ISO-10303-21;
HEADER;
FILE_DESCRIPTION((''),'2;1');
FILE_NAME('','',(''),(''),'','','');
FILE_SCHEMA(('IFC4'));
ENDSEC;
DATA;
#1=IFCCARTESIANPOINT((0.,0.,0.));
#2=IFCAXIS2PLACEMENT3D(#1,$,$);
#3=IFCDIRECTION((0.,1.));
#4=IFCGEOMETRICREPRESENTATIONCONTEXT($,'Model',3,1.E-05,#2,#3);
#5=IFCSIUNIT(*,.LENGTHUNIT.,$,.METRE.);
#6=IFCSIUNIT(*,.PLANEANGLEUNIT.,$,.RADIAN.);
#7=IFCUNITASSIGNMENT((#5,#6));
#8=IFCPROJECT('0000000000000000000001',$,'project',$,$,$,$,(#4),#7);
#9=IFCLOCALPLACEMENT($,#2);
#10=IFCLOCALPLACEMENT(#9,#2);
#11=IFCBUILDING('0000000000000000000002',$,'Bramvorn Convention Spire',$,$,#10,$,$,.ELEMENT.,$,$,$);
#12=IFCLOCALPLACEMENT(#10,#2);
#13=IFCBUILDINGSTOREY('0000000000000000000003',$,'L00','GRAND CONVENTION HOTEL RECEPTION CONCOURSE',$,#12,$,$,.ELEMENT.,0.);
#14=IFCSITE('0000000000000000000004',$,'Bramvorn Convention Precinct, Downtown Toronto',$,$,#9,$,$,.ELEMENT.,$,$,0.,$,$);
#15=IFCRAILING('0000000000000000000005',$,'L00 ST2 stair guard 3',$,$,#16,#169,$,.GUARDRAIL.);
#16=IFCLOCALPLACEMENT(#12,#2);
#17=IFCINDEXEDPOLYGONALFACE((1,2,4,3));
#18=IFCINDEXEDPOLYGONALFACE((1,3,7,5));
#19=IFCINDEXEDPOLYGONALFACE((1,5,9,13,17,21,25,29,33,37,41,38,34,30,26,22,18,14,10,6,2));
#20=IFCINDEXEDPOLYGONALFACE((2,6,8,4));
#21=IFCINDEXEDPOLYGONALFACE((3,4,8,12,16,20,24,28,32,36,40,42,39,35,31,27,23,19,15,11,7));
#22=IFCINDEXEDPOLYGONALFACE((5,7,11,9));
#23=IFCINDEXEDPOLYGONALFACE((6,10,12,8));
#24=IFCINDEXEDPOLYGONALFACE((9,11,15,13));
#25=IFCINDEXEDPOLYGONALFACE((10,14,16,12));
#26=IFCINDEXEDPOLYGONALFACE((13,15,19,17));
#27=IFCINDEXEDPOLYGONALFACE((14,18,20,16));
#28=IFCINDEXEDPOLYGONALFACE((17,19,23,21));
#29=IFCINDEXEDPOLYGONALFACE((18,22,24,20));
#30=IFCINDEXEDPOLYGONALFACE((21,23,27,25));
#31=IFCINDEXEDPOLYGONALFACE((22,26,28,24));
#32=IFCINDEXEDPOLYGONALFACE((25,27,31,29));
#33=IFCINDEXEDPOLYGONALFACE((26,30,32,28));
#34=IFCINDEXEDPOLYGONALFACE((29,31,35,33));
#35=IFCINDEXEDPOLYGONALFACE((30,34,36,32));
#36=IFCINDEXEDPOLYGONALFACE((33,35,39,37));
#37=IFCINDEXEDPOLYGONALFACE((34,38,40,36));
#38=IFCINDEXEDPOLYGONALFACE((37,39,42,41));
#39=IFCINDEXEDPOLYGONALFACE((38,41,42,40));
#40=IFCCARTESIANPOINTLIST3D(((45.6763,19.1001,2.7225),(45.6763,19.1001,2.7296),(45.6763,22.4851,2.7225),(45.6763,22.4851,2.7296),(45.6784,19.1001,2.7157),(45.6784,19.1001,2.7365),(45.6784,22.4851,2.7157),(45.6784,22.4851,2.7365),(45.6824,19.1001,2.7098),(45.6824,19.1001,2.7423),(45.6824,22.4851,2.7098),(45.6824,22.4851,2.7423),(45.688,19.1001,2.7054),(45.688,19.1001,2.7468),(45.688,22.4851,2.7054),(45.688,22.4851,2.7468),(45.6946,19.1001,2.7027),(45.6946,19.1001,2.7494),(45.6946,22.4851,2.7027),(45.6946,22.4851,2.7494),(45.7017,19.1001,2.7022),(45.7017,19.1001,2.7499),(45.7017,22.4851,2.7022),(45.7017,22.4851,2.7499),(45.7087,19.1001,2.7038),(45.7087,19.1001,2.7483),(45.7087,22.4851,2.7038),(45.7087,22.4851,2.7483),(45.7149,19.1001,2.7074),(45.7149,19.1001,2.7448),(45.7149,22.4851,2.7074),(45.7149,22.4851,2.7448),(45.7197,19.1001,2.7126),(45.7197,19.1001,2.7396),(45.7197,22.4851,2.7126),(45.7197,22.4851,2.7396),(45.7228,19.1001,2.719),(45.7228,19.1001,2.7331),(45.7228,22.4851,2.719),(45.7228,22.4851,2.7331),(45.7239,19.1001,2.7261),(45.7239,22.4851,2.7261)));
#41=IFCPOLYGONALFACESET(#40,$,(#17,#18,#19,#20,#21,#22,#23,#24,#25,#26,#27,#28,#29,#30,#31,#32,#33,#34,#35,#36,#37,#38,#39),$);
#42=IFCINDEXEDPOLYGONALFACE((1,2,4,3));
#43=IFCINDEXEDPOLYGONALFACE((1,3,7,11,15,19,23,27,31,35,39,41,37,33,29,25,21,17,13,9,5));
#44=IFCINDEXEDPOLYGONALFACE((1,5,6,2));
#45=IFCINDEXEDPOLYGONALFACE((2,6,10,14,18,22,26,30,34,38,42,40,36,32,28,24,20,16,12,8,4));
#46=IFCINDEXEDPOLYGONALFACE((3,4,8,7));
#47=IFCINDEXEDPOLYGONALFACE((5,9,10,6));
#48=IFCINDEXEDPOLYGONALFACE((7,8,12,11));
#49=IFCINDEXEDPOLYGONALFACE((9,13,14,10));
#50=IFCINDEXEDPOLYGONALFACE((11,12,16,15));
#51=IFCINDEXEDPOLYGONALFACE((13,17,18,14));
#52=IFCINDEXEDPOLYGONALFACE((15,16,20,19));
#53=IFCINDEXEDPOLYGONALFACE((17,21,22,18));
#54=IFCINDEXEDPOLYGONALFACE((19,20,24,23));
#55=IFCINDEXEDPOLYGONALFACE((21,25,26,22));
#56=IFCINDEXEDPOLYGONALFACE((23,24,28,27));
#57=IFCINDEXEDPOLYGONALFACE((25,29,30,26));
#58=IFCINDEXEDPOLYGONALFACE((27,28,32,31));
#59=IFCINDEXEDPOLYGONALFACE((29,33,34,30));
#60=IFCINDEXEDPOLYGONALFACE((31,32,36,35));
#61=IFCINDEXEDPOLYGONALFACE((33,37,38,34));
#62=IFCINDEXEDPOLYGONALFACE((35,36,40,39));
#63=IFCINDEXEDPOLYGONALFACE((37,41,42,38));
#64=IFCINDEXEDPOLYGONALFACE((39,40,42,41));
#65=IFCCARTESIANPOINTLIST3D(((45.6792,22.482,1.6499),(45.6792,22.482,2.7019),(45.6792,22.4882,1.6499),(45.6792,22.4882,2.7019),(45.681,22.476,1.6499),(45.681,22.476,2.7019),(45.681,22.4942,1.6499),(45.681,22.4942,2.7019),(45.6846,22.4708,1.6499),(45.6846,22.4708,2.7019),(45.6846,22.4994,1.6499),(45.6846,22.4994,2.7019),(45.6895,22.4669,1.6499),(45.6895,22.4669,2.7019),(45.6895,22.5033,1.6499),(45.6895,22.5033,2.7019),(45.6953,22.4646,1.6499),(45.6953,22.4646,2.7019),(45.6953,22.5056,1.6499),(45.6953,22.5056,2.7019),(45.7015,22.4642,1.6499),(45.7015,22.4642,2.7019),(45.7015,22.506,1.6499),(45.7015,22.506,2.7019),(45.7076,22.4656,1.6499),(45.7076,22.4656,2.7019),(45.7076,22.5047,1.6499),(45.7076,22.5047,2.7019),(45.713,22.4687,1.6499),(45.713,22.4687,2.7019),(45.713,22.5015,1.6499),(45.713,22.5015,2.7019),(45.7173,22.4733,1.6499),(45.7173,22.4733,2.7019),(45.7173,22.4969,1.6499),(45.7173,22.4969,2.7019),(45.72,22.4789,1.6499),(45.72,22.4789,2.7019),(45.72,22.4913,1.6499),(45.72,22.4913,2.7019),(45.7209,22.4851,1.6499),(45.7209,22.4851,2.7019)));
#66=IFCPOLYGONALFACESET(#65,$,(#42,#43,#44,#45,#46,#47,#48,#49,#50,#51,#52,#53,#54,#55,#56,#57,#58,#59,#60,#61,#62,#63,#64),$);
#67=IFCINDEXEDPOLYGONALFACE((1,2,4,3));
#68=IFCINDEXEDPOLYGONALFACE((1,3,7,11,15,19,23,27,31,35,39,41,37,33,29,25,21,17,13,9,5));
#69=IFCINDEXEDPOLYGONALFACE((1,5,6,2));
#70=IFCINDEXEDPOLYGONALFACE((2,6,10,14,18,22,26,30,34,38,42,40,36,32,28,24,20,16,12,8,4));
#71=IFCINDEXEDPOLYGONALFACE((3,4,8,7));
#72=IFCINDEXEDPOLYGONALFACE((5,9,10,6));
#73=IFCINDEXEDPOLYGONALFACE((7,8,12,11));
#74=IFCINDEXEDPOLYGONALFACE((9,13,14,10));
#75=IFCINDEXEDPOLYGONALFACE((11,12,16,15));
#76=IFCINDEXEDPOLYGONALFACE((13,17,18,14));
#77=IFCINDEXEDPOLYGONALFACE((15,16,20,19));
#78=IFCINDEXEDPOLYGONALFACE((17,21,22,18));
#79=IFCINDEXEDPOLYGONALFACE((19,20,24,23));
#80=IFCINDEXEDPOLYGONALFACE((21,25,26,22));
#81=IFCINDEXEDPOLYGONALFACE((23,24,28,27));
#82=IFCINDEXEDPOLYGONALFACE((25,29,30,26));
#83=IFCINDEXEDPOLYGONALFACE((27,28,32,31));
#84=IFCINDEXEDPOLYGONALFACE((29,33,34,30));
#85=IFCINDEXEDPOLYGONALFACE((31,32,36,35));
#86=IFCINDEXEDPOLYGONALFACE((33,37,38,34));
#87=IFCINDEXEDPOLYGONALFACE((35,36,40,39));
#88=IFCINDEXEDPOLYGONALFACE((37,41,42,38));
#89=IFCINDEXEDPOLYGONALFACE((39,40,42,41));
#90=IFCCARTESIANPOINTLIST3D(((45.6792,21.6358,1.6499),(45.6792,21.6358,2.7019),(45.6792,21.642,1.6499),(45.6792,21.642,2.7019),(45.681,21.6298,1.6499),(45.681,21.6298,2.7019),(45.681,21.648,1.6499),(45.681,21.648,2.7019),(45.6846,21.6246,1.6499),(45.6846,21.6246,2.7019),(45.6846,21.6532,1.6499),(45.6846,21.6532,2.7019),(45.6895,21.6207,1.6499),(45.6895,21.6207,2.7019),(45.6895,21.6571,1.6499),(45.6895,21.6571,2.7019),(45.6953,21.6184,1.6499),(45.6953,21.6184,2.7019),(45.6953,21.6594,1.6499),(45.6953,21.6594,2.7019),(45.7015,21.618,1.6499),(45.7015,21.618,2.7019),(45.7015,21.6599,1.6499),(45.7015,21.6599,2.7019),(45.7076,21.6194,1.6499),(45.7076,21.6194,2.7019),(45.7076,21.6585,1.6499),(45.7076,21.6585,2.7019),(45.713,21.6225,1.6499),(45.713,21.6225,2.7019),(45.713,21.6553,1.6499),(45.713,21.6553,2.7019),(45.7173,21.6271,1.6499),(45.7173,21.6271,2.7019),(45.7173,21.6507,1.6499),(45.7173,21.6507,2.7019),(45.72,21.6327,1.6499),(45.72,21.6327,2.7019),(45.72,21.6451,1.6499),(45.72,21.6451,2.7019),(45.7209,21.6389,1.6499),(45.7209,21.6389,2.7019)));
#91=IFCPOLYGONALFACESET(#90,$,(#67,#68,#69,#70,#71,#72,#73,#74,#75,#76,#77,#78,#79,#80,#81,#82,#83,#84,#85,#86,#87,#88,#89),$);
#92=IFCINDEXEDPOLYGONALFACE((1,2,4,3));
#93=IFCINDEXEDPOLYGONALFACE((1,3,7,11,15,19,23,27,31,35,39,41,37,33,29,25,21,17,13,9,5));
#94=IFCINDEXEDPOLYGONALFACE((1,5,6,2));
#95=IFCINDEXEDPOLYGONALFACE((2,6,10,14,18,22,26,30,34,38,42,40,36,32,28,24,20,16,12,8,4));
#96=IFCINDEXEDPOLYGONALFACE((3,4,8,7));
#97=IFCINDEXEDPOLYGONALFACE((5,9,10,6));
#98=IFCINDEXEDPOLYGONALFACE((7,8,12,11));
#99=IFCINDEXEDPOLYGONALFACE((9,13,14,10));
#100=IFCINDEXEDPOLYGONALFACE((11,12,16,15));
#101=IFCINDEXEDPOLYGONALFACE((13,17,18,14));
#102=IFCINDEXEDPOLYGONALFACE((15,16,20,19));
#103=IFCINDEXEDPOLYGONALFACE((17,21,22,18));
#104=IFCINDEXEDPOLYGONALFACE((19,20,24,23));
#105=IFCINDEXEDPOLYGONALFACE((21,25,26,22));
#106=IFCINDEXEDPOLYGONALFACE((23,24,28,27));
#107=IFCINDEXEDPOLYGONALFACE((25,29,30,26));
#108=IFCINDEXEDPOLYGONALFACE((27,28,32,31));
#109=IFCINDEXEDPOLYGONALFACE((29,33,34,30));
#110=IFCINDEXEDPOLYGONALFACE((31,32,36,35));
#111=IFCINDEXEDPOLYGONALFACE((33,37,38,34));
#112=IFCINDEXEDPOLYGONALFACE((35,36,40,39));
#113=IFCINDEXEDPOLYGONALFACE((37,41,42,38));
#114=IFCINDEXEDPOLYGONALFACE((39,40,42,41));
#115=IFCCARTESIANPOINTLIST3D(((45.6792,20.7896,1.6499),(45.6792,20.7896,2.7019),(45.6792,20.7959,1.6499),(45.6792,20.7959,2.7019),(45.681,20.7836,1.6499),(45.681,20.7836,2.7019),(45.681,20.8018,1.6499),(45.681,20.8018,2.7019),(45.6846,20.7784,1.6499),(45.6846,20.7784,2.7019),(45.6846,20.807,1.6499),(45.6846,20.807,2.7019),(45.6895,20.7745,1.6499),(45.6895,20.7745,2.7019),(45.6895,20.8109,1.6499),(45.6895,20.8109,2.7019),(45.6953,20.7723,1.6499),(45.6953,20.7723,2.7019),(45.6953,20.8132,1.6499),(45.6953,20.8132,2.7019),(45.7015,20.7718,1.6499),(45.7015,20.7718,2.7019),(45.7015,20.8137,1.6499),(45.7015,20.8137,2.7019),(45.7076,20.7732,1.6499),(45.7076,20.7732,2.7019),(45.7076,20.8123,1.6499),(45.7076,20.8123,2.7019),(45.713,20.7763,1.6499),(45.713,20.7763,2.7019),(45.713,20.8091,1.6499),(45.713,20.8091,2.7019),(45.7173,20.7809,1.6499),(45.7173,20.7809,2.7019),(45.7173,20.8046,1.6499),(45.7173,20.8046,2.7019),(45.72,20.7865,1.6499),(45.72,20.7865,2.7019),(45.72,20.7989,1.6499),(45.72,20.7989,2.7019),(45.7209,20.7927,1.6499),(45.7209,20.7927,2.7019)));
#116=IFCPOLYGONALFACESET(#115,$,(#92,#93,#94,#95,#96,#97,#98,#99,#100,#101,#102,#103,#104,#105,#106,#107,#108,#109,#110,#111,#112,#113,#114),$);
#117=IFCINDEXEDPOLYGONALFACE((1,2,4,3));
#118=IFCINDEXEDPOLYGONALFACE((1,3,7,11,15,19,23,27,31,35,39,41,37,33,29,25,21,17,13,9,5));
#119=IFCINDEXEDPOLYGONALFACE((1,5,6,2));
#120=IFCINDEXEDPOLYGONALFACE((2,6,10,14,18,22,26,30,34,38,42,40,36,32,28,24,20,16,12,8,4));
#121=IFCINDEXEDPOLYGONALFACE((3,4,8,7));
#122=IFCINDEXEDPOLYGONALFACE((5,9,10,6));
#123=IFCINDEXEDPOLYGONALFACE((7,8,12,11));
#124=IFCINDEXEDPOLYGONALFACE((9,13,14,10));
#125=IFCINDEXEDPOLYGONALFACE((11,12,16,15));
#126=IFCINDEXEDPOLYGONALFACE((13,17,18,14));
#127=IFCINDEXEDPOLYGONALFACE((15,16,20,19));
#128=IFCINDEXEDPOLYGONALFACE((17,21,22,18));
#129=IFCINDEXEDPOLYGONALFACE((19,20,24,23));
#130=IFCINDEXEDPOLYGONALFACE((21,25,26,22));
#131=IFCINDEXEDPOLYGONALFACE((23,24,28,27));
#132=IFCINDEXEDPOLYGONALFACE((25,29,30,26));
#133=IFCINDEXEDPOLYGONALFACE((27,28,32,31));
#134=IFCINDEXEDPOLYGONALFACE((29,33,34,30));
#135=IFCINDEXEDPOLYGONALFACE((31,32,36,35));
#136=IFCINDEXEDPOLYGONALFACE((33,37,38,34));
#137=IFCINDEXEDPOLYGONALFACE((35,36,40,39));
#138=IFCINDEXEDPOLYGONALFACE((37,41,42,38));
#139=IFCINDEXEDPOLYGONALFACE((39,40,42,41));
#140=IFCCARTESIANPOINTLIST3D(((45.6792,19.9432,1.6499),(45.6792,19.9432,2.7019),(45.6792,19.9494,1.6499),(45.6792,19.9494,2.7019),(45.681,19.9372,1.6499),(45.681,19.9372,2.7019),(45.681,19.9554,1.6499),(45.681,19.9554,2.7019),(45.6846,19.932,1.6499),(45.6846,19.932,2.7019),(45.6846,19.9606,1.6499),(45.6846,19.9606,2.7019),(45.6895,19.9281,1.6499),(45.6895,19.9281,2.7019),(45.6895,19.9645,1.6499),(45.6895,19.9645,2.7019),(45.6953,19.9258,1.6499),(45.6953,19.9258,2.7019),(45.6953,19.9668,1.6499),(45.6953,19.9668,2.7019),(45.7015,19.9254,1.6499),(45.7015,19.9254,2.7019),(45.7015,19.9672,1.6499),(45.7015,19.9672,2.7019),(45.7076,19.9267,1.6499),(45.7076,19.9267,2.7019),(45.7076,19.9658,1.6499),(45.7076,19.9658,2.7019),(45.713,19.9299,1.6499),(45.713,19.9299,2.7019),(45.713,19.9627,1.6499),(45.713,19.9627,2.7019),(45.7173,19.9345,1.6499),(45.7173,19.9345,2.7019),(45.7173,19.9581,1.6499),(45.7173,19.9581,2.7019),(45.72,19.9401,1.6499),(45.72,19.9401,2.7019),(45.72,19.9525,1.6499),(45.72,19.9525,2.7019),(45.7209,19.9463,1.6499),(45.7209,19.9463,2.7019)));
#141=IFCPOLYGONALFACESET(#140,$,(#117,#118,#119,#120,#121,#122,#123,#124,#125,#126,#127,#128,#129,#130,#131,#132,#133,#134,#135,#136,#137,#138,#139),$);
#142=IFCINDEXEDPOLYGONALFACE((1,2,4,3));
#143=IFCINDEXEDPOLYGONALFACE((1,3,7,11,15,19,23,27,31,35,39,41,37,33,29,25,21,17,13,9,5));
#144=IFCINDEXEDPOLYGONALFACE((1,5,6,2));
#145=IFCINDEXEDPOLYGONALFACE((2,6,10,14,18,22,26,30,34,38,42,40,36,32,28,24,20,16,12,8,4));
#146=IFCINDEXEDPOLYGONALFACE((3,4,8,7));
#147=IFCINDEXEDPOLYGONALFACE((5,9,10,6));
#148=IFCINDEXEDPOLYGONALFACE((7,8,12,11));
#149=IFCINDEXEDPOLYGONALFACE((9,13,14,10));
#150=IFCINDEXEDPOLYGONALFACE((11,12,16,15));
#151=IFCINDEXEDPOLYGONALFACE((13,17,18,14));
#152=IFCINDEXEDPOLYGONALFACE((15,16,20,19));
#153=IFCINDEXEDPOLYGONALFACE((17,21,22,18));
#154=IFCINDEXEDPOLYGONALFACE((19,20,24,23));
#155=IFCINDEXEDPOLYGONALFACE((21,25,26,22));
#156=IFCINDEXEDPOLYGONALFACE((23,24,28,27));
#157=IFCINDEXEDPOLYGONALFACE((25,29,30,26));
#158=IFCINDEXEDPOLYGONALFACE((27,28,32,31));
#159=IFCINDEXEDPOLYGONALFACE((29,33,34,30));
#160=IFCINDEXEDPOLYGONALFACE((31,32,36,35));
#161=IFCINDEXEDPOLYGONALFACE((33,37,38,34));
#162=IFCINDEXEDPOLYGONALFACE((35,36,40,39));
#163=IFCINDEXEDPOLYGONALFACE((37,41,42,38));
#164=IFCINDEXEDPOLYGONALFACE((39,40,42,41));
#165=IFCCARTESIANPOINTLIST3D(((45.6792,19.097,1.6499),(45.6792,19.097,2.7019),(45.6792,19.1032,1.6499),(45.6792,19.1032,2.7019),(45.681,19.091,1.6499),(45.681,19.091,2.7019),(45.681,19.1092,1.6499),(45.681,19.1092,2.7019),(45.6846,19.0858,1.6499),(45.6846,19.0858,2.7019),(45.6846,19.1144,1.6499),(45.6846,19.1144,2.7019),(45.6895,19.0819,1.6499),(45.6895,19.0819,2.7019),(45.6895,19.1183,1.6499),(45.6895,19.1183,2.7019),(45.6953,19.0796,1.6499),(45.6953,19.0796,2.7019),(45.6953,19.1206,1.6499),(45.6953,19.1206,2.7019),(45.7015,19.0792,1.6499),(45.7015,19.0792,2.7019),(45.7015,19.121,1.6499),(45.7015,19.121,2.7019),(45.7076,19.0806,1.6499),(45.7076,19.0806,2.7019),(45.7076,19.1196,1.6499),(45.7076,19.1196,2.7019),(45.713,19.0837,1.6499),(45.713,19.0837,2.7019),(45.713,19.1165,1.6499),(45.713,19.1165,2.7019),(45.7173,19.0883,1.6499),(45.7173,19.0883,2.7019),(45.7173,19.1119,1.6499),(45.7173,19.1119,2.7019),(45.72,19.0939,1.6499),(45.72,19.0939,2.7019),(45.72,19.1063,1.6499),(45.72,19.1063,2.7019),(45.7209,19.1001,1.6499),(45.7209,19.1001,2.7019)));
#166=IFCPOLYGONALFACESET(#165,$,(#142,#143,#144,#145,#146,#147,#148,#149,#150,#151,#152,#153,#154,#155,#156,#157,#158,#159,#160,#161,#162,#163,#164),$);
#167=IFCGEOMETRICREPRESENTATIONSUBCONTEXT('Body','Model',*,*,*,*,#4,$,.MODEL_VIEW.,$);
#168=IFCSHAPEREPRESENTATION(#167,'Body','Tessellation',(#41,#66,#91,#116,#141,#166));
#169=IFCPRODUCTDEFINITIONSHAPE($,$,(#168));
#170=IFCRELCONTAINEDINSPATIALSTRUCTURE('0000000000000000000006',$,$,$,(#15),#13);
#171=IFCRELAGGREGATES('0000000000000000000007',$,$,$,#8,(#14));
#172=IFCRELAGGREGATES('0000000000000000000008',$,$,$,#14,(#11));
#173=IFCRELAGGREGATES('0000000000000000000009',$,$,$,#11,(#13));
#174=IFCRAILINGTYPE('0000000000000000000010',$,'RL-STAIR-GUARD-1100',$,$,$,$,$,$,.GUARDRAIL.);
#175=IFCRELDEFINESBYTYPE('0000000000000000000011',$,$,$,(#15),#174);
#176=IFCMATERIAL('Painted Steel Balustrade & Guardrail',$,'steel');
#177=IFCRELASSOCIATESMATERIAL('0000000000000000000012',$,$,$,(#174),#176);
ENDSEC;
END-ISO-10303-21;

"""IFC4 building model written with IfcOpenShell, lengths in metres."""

from ifc_helpers import new_model, si_unit, direction, frame, origin, origin_2d, place, context, subcontext, project, spatial, circle, extrude, material, type_object, element, save


model = new_model("IFC4")

# Units and contexts
model_context = context("Model", 3, precision=1e-05, world=origin(), true_north=direction((0.0, 1.0)))
body_context = subcontext(model_context, "Body", "Model", "MODEL_VIEW")
ifc_project = project(units=[si_unit("LENGTHUNIT", "METRE"), si_unit("PLANEANGLEUNIT", "RADIAN")], contexts=[model_context])

# Site, building, storey
site_placement = place(None, origin())
site = spatial("IfcSite", under=ifc_project, at=site_placement, Name="Bramvorn Convention Precinct, Downtown Toronto", CompositionType="ELEMENT", RefElevation=0.0)
building_placement = place(site_placement, origin())
building = spatial("IfcBuilding", under=site, at=building_placement, Name="Bramvorn Convention Spire", CompositionType="ELEMENT")
storey_placement = place(building_placement, origin())
storey = spatial("IfcBuildingStorey", under=building, at=storey_placement, Name="L00", Description="GRAND CONVENTION HOTEL RECEPTION CONCOURSE", CompositionType="ELEMENT", Elevation=0.0)

# Railing
ifc_material_1 = material(Name="Painted Steel Balustrade & Guardrail", Category="steel")
railing_type_1 = type_object("IfcRailingType", Name="RL-STAIR-GUARD-1100", PredefinedType="GUARDRAIL", material=ifc_material_1)
for number, where, name in (
    (1, (45.7, 22.4851, 1.6499), "L00 ST2 stair guard 3"),
):
    element("IfcRailing", number, at=place(storey_placement, frame(where)), inside=storey, type_object=railing_type_1, Name=name, PredefinedType="GUARDRAIL", context=body_context, shape_type="SweptSolid", body=[
        extrude(circle(Radius=0.0239, at=origin_2d()), frame((0.0, 0.0, 1.0762), z_axis=(0.0, -1.0, 0.0), x_axis=(1.0, 0.0, 0.0)), (0.0, 0.0, 1.0), 3.385),
        extrude(circle(Radius=0.021, at=origin_2d()), origin(), (0.0, 0.0, 1.0), 1.052),
        extrude(circle(Radius=0.021, at=origin_2d()), frame((0.0, -0.8462, 0.0)), (0.0, 0.0, 1.0), 1.052),
        extrude(circle(Radius=0.021, at=origin_2d()), frame((0.0, -1.6924, 0.0)), (0.0, 0.0, 1.0), 1.052),
        extrude(circle(Radius=0.021, at=origin_2d()), frame((0.0, -2.5388, 0.0)), (0.0, 0.0, 1.0), 1.052),
        extrude(circle(Radius=0.021, at=origin_2d()), frame((0.0, -3.385, 0.0)), (0.0, 0.0, 1.0), 1.052),
    ])

save(model, "model.ifc")
